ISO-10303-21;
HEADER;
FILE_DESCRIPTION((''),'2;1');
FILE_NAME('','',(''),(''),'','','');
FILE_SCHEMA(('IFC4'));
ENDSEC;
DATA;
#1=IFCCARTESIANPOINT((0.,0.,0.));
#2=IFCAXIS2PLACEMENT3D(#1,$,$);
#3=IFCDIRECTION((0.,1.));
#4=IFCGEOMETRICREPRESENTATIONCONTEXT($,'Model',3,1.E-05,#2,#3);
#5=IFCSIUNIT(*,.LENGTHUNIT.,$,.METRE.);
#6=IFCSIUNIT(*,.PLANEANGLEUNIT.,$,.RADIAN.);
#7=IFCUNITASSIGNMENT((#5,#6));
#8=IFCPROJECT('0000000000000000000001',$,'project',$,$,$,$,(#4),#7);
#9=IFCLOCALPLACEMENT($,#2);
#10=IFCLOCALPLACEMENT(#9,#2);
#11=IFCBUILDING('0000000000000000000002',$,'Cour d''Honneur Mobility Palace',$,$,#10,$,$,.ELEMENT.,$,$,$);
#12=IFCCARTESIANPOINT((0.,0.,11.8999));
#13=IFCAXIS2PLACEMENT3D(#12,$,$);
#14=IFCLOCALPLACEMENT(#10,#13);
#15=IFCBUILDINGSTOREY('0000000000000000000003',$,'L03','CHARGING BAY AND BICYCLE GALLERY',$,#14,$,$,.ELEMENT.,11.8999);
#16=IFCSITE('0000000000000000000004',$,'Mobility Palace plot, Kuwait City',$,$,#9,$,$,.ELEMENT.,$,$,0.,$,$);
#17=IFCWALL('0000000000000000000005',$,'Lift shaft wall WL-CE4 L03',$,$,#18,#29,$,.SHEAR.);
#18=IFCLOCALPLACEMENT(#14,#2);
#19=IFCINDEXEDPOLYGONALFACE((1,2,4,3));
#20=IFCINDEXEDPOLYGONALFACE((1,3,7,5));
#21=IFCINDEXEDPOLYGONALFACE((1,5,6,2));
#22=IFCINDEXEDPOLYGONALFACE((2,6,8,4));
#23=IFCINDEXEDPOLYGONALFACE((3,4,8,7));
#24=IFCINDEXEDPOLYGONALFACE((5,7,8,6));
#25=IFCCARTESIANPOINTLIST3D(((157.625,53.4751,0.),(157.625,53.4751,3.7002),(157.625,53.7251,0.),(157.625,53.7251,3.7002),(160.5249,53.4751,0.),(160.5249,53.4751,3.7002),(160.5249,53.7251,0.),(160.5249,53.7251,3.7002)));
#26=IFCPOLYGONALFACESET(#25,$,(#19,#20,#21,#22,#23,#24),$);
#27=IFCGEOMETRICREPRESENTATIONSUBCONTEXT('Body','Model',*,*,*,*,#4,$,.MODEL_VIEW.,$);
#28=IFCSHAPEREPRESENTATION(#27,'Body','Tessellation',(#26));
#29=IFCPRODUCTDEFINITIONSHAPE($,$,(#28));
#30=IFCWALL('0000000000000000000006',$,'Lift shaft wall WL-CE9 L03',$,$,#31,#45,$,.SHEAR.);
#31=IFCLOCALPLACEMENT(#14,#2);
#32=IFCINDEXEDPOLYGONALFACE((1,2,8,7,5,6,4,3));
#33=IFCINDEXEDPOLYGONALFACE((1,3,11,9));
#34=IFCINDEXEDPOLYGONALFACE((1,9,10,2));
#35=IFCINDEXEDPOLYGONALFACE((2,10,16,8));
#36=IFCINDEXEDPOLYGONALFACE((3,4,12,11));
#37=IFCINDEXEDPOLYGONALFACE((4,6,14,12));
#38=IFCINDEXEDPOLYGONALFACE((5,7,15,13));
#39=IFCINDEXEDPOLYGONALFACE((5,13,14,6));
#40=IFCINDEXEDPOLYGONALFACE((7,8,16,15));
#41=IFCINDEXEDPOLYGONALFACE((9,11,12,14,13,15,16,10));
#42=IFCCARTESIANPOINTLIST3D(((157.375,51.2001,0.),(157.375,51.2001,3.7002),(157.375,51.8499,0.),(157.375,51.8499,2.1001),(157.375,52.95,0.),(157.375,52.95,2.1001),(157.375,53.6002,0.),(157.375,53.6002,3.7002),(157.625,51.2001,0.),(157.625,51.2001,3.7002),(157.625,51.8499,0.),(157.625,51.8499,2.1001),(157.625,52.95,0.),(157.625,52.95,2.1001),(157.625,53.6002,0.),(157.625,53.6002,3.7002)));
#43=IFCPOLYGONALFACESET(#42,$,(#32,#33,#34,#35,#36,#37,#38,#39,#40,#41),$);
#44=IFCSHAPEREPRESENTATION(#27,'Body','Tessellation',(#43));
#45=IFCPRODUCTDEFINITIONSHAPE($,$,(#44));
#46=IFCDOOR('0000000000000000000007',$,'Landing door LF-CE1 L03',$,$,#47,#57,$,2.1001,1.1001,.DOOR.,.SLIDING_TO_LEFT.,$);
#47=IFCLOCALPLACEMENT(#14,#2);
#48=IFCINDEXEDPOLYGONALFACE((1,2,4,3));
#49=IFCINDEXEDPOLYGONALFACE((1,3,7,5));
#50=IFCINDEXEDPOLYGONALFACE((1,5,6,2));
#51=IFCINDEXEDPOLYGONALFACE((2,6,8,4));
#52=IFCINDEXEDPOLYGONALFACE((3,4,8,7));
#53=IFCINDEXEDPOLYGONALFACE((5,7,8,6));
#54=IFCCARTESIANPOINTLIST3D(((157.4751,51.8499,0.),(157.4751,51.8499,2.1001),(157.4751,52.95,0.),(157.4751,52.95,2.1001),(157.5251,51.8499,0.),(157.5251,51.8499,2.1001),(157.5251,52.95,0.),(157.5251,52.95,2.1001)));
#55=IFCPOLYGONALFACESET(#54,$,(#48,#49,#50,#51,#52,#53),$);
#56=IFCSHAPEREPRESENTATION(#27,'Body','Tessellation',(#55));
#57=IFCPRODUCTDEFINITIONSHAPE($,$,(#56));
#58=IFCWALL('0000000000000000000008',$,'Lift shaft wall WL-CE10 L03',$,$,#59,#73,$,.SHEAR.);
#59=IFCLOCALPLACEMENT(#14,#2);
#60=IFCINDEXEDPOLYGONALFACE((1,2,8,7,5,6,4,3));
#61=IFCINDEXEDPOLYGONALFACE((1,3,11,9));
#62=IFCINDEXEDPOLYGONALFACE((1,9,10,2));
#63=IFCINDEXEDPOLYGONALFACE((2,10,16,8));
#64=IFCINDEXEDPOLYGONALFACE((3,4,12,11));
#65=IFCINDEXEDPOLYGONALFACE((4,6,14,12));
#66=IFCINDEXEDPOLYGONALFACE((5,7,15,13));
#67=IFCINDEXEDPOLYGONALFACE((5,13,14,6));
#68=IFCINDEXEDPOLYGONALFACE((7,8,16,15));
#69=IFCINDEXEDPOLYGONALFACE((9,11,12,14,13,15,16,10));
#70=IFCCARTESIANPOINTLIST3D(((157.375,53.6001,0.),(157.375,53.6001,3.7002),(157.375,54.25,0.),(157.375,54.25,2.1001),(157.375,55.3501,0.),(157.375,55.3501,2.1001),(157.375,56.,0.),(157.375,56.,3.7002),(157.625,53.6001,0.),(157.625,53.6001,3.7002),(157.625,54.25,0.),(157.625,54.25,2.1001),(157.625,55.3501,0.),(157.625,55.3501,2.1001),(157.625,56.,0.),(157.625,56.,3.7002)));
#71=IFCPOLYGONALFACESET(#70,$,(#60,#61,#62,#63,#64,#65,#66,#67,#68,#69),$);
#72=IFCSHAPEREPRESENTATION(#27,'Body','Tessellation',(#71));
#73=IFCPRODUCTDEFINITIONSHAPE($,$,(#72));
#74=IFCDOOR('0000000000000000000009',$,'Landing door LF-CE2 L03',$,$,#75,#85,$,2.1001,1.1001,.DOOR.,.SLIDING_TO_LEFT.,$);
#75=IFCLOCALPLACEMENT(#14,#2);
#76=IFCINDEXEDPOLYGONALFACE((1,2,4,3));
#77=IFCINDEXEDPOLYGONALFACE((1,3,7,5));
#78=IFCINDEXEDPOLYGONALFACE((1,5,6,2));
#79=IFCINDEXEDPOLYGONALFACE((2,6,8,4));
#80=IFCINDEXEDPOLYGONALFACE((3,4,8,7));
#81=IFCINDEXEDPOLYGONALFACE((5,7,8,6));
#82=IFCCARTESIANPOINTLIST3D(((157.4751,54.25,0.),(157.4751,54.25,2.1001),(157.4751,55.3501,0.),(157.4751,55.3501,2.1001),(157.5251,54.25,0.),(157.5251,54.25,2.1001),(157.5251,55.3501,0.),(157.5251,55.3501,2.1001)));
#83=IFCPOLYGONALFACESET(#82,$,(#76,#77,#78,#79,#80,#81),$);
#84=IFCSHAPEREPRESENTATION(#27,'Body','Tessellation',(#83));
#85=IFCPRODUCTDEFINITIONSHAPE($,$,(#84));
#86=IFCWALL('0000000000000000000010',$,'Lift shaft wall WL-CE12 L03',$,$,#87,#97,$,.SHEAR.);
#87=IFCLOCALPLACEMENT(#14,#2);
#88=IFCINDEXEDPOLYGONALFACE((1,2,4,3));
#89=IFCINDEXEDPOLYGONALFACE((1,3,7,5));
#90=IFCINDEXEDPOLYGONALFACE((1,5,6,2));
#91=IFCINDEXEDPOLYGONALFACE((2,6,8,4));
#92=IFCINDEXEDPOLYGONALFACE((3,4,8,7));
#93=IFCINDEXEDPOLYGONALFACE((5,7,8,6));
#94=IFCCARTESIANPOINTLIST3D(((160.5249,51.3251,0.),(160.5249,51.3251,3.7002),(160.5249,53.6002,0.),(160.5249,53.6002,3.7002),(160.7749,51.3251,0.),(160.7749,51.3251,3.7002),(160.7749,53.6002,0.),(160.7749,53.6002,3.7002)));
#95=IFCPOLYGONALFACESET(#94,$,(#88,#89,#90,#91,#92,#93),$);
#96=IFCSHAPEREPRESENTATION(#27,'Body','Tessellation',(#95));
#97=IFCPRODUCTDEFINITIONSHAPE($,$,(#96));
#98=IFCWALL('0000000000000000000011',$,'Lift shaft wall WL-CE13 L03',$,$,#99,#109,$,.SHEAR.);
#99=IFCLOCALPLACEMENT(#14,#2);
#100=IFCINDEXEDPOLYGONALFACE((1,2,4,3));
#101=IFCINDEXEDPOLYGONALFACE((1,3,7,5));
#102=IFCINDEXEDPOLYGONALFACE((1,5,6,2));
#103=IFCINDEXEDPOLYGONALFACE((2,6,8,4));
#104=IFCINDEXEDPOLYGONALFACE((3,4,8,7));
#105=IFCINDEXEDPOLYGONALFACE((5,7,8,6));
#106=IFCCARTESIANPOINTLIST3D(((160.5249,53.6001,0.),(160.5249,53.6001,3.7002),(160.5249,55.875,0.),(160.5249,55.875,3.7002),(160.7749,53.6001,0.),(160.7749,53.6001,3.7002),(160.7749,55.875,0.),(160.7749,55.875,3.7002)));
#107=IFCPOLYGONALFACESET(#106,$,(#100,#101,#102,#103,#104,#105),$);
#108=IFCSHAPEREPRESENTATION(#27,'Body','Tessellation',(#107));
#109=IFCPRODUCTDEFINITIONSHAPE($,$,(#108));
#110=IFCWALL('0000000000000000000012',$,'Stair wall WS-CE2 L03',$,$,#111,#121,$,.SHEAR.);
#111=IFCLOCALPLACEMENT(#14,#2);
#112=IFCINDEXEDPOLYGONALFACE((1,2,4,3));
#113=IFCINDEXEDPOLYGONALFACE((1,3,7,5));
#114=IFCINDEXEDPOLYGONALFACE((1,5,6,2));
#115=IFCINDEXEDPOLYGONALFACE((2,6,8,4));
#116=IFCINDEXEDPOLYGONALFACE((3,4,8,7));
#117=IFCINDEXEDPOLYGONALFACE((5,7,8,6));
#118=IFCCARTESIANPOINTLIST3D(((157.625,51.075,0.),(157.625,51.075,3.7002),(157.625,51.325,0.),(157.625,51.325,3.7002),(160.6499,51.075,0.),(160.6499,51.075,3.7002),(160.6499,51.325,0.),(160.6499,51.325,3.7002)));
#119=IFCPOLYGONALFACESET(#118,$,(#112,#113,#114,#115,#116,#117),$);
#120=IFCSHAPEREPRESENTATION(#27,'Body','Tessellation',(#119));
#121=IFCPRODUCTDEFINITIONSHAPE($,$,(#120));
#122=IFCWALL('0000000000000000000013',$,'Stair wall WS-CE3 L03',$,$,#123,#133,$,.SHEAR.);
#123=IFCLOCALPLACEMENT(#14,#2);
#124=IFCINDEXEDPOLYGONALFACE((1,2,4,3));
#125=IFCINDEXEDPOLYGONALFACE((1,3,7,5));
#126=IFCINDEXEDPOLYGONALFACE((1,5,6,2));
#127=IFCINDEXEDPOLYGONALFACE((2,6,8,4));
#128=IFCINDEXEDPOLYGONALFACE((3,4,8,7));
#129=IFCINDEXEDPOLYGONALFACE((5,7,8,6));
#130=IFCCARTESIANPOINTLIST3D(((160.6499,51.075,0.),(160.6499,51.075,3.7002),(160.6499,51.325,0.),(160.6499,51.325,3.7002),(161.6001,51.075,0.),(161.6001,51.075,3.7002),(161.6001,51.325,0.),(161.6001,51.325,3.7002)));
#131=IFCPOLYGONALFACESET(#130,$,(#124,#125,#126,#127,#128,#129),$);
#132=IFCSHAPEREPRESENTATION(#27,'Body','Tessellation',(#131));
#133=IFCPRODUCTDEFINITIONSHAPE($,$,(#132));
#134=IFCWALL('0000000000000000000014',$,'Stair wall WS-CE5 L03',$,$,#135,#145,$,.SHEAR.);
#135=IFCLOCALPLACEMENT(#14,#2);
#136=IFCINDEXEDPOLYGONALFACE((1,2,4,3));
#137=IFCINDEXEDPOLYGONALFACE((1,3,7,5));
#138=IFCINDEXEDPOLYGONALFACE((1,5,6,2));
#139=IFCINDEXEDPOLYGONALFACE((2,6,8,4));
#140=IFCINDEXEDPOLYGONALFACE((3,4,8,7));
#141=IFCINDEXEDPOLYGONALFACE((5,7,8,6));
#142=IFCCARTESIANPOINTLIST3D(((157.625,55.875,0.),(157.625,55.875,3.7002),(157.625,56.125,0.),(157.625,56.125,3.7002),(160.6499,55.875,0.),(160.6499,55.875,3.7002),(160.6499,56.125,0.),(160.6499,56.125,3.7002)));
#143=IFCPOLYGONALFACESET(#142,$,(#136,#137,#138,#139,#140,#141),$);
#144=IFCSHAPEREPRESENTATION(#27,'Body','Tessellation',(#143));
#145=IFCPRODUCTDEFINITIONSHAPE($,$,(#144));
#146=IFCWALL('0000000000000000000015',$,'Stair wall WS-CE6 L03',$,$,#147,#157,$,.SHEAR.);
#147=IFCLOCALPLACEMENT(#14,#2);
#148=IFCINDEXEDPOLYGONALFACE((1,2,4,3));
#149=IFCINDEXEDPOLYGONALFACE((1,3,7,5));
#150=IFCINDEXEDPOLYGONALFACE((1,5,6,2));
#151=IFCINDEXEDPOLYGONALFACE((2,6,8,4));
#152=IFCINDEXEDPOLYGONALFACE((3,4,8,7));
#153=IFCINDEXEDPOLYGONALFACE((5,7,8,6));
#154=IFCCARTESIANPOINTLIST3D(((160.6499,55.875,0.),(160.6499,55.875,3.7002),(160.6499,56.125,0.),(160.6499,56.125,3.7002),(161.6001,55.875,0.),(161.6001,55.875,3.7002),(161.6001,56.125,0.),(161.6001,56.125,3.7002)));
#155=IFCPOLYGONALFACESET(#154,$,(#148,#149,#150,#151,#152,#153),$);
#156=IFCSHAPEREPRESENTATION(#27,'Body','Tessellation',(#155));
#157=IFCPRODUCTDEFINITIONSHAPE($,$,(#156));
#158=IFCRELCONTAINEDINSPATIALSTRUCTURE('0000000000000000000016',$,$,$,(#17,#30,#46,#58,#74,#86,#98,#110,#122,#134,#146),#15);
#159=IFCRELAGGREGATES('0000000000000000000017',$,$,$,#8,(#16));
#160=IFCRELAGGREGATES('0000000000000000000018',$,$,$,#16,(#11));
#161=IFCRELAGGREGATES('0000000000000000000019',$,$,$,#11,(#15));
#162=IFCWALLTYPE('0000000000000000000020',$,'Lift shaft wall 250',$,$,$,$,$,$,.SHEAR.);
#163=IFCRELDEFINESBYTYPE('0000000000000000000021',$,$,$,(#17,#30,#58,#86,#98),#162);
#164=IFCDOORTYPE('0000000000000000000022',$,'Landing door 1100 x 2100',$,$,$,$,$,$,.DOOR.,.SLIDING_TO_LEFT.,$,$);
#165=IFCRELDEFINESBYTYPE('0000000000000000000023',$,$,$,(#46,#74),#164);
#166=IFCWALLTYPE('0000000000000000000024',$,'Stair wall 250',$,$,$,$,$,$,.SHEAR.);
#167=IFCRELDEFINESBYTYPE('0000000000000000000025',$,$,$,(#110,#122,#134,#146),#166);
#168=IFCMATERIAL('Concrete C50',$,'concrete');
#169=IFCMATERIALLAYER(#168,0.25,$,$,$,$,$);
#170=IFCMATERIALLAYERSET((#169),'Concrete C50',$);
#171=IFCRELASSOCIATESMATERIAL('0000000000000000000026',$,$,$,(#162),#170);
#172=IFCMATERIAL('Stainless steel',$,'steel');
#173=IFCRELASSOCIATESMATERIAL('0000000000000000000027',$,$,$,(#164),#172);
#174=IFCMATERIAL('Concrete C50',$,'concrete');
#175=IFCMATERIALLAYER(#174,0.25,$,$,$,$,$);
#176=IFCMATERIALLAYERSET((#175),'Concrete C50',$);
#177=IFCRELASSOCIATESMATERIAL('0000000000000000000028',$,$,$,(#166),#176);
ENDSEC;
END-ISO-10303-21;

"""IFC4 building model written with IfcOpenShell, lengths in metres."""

from ifc_helpers import new_model, si_unit, direction, frame, frame_2d, origin, place, context, subcontext, project, spatial, rectangle, extrude, material, layer, layer_set, type_object, element, fill, save


model = new_model("IFC4")

# Units and contexts
model_context = context("Model", 3, precision=1e-05, world=origin(), true_north=direction((0.0, 1.0)))
body_context = subcontext(model_context, "Body", "Model", "MODEL_VIEW")
ifc_project = project(units=[si_unit("LENGTHUNIT", "METRE"), si_unit("PLANEANGLEUNIT", "RADIAN")], contexts=[model_context])

# Site, building, storey
site_placement = place(None, origin())
site = spatial("IfcSite", under=ifc_project, at=site_placement, Name="Mobility Palace plot, Kuwait City", CompositionType="ELEMENT", RefElevation=0.0)
building_placement = place(site_placement, origin())
building = spatial("IfcBuilding", under=site, at=building_placement, Name="Cour d'Honneur Mobility Palace", CompositionType="ELEMENT")
storey_placement = place(building_placement, frame((0.0, 0.0, 11.8999)))
storey = spatial("IfcBuildingStorey", under=building, at=storey_placement, Name="L03", Description="CHARGING BAY AND BICYCLE GALLERY", CompositionType="ELEMENT", Elevation=11.8999)

# Wall
ifc_material_1 = material(Name="Concrete C50", Category="concrete")
ifc_layer_1 = layer(ifc_material_1, 0.25)
ifc_layer_set_1 = layer_set([ifc_layer_1], Name="Concrete C50")
wall_type_1 = type_object("IfcWallType", Name="Lift shaft wall 250", PredefinedType="SHEAR", material=ifc_layer_set_1)
wall_1_placement = place(storey_placement, frame((157.625, 53.6001, 0.0), z_axis=(0.0, 0.0, 1.0), x_axis=(1.0, 0.0, 0.0)))
element("IfcWall", 1, at=wall_1_placement, inside=storey, type_object=wall_type_1, Name="Lift shaft wall WL-CE4 L03", PredefinedType="SHEAR", context=body_context, shape_type="SweptSolid", body=[
    extrude(rectangle(XDim=2.8999, YDim=0.25, at=frame_2d((1.45, 0.0))), origin(), (0.0, 0.0, 1.0), 3.7002),
])

# Walls, openings, doors
wall_2_placement = place(storey_placement, frame((157.5, 51.2, 0.0), z_axis=(0.0, 0.0, 1.0), x_axis=(0.0, 1.0, 0.0)))
wall_2 = element("IfcWall", 2, at=wall_2_placement, inside=storey, type_object=wall_type_1, Name="Lift shaft wall WL-CE9 L03", PredefinedType="SHEAR", context=body_context, shape_type="SweptSolid", body=[
    extrude(rectangle(XDim=2.4001, YDim=0.25, at=frame_2d((1.2002, 0.0))), origin(), (0.0, 0.0, 1.0), 3.7002),
])
opening_1_placement = place(wall_2_placement, frame((0.6499, 0.0, 0.0)))
opening_1 = element("IfcOpeningElement", 3, at=opening_1_placement, cuts=wall_2, PredefinedType="OPENING", context=body_context, shape_type="SweptSolid", body=[
    extrude(rectangle(XDim=1.1001, YDim=2.1001, at=frame_2d((0.55, 1.05))), frame((0.0, 0.135, 0.0), z_axis=(0.0, -1.0, 0.0), x_axis=(1.0, 0.0, 0.0)), (0.0, 0.0, 1.0), 0.27),
])
ifc_material_2 = material(Name="Stainless steel", Category="steel")
door_type_1 = type_object("IfcDoorType", Name="Landing door 1100 x 2100", OperationType="SLIDING_TO_LEFT", PredefinedType="DOOR", material=ifc_material_2)
door_1_placement = place(opening_1_placement, origin())
door_1 = element("IfcDoor", 4, at=door_1_placement, inside=storey, type_object=door_type_1, Name="Landing door LF-CE1 L03", OperationType="SLIDING_TO_LEFT", OverallHeight=2.1001, OverallWidth=1.1001, PredefinedType="DOOR", context=body_context, shape_type="SweptSolid", body=[
    extrude(rectangle(XDim=1.1001, YDim=2.1001, at=frame_2d((0.55, 1.05))), frame((0.0, 0.0249, 0.0), z_axis=(0.0, -1.0, 0.0), x_axis=(1.0, 0.0, 0.0)), (0.0, 0.0, 1.0), 0.05),
])
fill(opening_1, door_1)
wall_3_placement = place(storey_placement, frame((157.5, 53.6001, 0.0), z_axis=(0.0, 0.0, 1.0), x_axis=(0.0, 1.0, 0.0)))
wall_3 = element("IfcWall", 5, at=wall_3_placement, inside=storey, type_object=wall_type_1, Name="Lift shaft wall WL-CE10 L03", PredefinedType="SHEAR", context=body_context, shape_type="SweptSolid", body=[
    extrude(rectangle(XDim=2.3999, YDim=0.25, at=frame_2d((1.2, 0.0))), origin(), (0.0, 0.0, 1.0), 3.7002),
])
opening_2_placement = place(wall_3_placement, frame((0.6499, 0.0, 0.0)))
opening_2 = element("IfcOpeningElement", 6, at=opening_2_placement, cuts=wall_3, PredefinedType="OPENING", context=body_context, shape_type="SweptSolid", body=[
    extrude(rectangle(XDim=1.1001, YDim=2.1001, at=frame_2d((0.55, 1.05))), frame((0.0, 0.135, 0.0), z_axis=(0.0, -1.0, 0.0), x_axis=(1.0, 0.0, 0.0)), (0.0, 0.0, 1.0), 0.27),
])
door_2_placement = place(opening_2_placement, origin())
door_2 = element("IfcDoor", 7, at=door_2_placement, inside=storey, type_object=door_type_1, Name="Landing door LF-CE2 L03", OperationType="SLIDING_TO_LEFT", OverallHeight=2.1001, OverallWidth=1.1001, PredefinedType="DOOR", context=body_context, shape_type="SweptSolid", body=[
    extrude(rectangle(XDim=1.1001, YDim=2.1001, at=frame_2d((0.55, 1.05))), frame((0.0, 0.0249, 0.0), z_axis=(0.0, -1.0, 0.0), x_axis=(1.0, 0.0, 0.0)), (0.0, 0.0, 1.0), 0.05),
])
fill(opening_2, door_2)

# Walls
wall_4_placement = place(storey_placement, frame((160.6499, 51.325, 0.0), z_axis=(0.0, 0.0, 1.0), x_axis=(0.0, 1.0, 0.0)))
element("IfcWall", 8, at=wall_4_placement, inside=storey, type_object=wall_type_1, Name="Lift shaft wall WL-CE12 L03", PredefinedType="SHEAR", context=body_context, shape_type="SweptSolid", body=[
    extrude(rectangle(XDim=2.2751, YDim=0.25, at=frame_2d((1.1377, 0.0))), origin(), (0.0, 0.0, 1.0), 3.7002),
])
wall_5_placement = place(storey_placement, frame((160.6499, 53.6001, 0.0), z_axis=(0.0, 0.0, 1.0), x_axis=(0.0, 1.0, 0.0)))
element("IfcWall", 9, at=wall_5_placement, inside=storey, type_object=wall_type_1, Name="Lift shaft wall WL-CE13 L03", PredefinedType="SHEAR", context=body_context, shape_type="SweptSolid", body=[
    extrude(rectangle(XDim=2.2749, YDim=0.25, at=frame_2d((1.1375, 0.0))), origin(), (0.0, 0.0, 1.0), 3.7002),
])
ifc_material_3 = material(Name="Concrete C50", Category="concrete")
ifc_layer_2 = layer(ifc_material_3, 0.25)
ifc_layer_set_2 = layer_set([ifc_layer_2], Name="Concrete C50")
wall_type_2 = type_object("IfcWallType", Name="Stair wall 250", PredefinedType="SHEAR", material=ifc_layer_set_2)
wall_6_placement = place(storey_placement, frame((157.625, 51.2, 0.0), z_axis=(0.0, 0.0, 1.0), x_axis=(1.0, 0.0, 0.0)))
element("IfcWall", 10, at=wall_6_placement, inside=storey, type_object=wall_type_2, Name="Stair wall WS-CE2 L03", PredefinedType="SHEAR", context=body_context, shape_type="SweptSolid", body=[
    extrude(rectangle(XDim=3.0249, YDim=0.25, at=frame_2d((1.5125, 0.0))), origin(), (0.0, 0.0, 1.0), 3.7002),
])
wall_7_placement = place(storey_placement, frame((160.6499, 51.2, 0.0), z_axis=(0.0, 0.0, 1.0), x_axis=(1.0, 0.0, 0.0)))
element("IfcWall", 11, at=wall_7_placement, inside=storey, type_object=wall_type_2, Name="Stair wall WS-CE3 L03", PredefinedType="SHEAR", context=body_context, shape_type="SweptSolid", body=[
    extrude(rectangle(XDim=0.9502, YDim=0.25, at=frame_2d((0.4751, 0.0))), origin(), (0.0, 0.0, 1.0), 3.7002),
])
wall_8_placement = place(storey_placement, frame((157.625, 56.0, 0.0), z_axis=(0.0, 0.0, 1.0), x_axis=(1.0, 0.0, 0.0)))
element("IfcWall", 12, at=wall_8_placement, inside=storey, type_object=wall_type_2, Name="Stair wall WS-CE5 L03", PredefinedType="SHEAR", context=body_context, shape_type="SweptSolid", body=[
    extrude(rectangle(XDim=3.0249, YDim=0.25, at=frame_2d((1.5125, 0.0))), origin(), (0.0, 0.0, 1.0), 3.7002),
])
wall_9_placement = place(storey_placement, frame((160.6499, 56.0, 0.0), z_axis=(0.0, 0.0, 1.0), x_axis=(1.0, 0.0, 0.0)))
element("IfcWall", 13, at=wall_9_placement, inside=storey, type_object=wall_type_2, Name="Stair wall WS-CE6 L03", PredefinedType="SHEAR", context=body_context, shape_type="SweptSolid", body=[
    extrude(rectangle(XDim=0.9502, YDim=0.25, at=frame_2d((0.4751, 0.0))), origin(), (0.0, 0.0, 1.0), 3.7002),
])

save(model, "model.ifc")
